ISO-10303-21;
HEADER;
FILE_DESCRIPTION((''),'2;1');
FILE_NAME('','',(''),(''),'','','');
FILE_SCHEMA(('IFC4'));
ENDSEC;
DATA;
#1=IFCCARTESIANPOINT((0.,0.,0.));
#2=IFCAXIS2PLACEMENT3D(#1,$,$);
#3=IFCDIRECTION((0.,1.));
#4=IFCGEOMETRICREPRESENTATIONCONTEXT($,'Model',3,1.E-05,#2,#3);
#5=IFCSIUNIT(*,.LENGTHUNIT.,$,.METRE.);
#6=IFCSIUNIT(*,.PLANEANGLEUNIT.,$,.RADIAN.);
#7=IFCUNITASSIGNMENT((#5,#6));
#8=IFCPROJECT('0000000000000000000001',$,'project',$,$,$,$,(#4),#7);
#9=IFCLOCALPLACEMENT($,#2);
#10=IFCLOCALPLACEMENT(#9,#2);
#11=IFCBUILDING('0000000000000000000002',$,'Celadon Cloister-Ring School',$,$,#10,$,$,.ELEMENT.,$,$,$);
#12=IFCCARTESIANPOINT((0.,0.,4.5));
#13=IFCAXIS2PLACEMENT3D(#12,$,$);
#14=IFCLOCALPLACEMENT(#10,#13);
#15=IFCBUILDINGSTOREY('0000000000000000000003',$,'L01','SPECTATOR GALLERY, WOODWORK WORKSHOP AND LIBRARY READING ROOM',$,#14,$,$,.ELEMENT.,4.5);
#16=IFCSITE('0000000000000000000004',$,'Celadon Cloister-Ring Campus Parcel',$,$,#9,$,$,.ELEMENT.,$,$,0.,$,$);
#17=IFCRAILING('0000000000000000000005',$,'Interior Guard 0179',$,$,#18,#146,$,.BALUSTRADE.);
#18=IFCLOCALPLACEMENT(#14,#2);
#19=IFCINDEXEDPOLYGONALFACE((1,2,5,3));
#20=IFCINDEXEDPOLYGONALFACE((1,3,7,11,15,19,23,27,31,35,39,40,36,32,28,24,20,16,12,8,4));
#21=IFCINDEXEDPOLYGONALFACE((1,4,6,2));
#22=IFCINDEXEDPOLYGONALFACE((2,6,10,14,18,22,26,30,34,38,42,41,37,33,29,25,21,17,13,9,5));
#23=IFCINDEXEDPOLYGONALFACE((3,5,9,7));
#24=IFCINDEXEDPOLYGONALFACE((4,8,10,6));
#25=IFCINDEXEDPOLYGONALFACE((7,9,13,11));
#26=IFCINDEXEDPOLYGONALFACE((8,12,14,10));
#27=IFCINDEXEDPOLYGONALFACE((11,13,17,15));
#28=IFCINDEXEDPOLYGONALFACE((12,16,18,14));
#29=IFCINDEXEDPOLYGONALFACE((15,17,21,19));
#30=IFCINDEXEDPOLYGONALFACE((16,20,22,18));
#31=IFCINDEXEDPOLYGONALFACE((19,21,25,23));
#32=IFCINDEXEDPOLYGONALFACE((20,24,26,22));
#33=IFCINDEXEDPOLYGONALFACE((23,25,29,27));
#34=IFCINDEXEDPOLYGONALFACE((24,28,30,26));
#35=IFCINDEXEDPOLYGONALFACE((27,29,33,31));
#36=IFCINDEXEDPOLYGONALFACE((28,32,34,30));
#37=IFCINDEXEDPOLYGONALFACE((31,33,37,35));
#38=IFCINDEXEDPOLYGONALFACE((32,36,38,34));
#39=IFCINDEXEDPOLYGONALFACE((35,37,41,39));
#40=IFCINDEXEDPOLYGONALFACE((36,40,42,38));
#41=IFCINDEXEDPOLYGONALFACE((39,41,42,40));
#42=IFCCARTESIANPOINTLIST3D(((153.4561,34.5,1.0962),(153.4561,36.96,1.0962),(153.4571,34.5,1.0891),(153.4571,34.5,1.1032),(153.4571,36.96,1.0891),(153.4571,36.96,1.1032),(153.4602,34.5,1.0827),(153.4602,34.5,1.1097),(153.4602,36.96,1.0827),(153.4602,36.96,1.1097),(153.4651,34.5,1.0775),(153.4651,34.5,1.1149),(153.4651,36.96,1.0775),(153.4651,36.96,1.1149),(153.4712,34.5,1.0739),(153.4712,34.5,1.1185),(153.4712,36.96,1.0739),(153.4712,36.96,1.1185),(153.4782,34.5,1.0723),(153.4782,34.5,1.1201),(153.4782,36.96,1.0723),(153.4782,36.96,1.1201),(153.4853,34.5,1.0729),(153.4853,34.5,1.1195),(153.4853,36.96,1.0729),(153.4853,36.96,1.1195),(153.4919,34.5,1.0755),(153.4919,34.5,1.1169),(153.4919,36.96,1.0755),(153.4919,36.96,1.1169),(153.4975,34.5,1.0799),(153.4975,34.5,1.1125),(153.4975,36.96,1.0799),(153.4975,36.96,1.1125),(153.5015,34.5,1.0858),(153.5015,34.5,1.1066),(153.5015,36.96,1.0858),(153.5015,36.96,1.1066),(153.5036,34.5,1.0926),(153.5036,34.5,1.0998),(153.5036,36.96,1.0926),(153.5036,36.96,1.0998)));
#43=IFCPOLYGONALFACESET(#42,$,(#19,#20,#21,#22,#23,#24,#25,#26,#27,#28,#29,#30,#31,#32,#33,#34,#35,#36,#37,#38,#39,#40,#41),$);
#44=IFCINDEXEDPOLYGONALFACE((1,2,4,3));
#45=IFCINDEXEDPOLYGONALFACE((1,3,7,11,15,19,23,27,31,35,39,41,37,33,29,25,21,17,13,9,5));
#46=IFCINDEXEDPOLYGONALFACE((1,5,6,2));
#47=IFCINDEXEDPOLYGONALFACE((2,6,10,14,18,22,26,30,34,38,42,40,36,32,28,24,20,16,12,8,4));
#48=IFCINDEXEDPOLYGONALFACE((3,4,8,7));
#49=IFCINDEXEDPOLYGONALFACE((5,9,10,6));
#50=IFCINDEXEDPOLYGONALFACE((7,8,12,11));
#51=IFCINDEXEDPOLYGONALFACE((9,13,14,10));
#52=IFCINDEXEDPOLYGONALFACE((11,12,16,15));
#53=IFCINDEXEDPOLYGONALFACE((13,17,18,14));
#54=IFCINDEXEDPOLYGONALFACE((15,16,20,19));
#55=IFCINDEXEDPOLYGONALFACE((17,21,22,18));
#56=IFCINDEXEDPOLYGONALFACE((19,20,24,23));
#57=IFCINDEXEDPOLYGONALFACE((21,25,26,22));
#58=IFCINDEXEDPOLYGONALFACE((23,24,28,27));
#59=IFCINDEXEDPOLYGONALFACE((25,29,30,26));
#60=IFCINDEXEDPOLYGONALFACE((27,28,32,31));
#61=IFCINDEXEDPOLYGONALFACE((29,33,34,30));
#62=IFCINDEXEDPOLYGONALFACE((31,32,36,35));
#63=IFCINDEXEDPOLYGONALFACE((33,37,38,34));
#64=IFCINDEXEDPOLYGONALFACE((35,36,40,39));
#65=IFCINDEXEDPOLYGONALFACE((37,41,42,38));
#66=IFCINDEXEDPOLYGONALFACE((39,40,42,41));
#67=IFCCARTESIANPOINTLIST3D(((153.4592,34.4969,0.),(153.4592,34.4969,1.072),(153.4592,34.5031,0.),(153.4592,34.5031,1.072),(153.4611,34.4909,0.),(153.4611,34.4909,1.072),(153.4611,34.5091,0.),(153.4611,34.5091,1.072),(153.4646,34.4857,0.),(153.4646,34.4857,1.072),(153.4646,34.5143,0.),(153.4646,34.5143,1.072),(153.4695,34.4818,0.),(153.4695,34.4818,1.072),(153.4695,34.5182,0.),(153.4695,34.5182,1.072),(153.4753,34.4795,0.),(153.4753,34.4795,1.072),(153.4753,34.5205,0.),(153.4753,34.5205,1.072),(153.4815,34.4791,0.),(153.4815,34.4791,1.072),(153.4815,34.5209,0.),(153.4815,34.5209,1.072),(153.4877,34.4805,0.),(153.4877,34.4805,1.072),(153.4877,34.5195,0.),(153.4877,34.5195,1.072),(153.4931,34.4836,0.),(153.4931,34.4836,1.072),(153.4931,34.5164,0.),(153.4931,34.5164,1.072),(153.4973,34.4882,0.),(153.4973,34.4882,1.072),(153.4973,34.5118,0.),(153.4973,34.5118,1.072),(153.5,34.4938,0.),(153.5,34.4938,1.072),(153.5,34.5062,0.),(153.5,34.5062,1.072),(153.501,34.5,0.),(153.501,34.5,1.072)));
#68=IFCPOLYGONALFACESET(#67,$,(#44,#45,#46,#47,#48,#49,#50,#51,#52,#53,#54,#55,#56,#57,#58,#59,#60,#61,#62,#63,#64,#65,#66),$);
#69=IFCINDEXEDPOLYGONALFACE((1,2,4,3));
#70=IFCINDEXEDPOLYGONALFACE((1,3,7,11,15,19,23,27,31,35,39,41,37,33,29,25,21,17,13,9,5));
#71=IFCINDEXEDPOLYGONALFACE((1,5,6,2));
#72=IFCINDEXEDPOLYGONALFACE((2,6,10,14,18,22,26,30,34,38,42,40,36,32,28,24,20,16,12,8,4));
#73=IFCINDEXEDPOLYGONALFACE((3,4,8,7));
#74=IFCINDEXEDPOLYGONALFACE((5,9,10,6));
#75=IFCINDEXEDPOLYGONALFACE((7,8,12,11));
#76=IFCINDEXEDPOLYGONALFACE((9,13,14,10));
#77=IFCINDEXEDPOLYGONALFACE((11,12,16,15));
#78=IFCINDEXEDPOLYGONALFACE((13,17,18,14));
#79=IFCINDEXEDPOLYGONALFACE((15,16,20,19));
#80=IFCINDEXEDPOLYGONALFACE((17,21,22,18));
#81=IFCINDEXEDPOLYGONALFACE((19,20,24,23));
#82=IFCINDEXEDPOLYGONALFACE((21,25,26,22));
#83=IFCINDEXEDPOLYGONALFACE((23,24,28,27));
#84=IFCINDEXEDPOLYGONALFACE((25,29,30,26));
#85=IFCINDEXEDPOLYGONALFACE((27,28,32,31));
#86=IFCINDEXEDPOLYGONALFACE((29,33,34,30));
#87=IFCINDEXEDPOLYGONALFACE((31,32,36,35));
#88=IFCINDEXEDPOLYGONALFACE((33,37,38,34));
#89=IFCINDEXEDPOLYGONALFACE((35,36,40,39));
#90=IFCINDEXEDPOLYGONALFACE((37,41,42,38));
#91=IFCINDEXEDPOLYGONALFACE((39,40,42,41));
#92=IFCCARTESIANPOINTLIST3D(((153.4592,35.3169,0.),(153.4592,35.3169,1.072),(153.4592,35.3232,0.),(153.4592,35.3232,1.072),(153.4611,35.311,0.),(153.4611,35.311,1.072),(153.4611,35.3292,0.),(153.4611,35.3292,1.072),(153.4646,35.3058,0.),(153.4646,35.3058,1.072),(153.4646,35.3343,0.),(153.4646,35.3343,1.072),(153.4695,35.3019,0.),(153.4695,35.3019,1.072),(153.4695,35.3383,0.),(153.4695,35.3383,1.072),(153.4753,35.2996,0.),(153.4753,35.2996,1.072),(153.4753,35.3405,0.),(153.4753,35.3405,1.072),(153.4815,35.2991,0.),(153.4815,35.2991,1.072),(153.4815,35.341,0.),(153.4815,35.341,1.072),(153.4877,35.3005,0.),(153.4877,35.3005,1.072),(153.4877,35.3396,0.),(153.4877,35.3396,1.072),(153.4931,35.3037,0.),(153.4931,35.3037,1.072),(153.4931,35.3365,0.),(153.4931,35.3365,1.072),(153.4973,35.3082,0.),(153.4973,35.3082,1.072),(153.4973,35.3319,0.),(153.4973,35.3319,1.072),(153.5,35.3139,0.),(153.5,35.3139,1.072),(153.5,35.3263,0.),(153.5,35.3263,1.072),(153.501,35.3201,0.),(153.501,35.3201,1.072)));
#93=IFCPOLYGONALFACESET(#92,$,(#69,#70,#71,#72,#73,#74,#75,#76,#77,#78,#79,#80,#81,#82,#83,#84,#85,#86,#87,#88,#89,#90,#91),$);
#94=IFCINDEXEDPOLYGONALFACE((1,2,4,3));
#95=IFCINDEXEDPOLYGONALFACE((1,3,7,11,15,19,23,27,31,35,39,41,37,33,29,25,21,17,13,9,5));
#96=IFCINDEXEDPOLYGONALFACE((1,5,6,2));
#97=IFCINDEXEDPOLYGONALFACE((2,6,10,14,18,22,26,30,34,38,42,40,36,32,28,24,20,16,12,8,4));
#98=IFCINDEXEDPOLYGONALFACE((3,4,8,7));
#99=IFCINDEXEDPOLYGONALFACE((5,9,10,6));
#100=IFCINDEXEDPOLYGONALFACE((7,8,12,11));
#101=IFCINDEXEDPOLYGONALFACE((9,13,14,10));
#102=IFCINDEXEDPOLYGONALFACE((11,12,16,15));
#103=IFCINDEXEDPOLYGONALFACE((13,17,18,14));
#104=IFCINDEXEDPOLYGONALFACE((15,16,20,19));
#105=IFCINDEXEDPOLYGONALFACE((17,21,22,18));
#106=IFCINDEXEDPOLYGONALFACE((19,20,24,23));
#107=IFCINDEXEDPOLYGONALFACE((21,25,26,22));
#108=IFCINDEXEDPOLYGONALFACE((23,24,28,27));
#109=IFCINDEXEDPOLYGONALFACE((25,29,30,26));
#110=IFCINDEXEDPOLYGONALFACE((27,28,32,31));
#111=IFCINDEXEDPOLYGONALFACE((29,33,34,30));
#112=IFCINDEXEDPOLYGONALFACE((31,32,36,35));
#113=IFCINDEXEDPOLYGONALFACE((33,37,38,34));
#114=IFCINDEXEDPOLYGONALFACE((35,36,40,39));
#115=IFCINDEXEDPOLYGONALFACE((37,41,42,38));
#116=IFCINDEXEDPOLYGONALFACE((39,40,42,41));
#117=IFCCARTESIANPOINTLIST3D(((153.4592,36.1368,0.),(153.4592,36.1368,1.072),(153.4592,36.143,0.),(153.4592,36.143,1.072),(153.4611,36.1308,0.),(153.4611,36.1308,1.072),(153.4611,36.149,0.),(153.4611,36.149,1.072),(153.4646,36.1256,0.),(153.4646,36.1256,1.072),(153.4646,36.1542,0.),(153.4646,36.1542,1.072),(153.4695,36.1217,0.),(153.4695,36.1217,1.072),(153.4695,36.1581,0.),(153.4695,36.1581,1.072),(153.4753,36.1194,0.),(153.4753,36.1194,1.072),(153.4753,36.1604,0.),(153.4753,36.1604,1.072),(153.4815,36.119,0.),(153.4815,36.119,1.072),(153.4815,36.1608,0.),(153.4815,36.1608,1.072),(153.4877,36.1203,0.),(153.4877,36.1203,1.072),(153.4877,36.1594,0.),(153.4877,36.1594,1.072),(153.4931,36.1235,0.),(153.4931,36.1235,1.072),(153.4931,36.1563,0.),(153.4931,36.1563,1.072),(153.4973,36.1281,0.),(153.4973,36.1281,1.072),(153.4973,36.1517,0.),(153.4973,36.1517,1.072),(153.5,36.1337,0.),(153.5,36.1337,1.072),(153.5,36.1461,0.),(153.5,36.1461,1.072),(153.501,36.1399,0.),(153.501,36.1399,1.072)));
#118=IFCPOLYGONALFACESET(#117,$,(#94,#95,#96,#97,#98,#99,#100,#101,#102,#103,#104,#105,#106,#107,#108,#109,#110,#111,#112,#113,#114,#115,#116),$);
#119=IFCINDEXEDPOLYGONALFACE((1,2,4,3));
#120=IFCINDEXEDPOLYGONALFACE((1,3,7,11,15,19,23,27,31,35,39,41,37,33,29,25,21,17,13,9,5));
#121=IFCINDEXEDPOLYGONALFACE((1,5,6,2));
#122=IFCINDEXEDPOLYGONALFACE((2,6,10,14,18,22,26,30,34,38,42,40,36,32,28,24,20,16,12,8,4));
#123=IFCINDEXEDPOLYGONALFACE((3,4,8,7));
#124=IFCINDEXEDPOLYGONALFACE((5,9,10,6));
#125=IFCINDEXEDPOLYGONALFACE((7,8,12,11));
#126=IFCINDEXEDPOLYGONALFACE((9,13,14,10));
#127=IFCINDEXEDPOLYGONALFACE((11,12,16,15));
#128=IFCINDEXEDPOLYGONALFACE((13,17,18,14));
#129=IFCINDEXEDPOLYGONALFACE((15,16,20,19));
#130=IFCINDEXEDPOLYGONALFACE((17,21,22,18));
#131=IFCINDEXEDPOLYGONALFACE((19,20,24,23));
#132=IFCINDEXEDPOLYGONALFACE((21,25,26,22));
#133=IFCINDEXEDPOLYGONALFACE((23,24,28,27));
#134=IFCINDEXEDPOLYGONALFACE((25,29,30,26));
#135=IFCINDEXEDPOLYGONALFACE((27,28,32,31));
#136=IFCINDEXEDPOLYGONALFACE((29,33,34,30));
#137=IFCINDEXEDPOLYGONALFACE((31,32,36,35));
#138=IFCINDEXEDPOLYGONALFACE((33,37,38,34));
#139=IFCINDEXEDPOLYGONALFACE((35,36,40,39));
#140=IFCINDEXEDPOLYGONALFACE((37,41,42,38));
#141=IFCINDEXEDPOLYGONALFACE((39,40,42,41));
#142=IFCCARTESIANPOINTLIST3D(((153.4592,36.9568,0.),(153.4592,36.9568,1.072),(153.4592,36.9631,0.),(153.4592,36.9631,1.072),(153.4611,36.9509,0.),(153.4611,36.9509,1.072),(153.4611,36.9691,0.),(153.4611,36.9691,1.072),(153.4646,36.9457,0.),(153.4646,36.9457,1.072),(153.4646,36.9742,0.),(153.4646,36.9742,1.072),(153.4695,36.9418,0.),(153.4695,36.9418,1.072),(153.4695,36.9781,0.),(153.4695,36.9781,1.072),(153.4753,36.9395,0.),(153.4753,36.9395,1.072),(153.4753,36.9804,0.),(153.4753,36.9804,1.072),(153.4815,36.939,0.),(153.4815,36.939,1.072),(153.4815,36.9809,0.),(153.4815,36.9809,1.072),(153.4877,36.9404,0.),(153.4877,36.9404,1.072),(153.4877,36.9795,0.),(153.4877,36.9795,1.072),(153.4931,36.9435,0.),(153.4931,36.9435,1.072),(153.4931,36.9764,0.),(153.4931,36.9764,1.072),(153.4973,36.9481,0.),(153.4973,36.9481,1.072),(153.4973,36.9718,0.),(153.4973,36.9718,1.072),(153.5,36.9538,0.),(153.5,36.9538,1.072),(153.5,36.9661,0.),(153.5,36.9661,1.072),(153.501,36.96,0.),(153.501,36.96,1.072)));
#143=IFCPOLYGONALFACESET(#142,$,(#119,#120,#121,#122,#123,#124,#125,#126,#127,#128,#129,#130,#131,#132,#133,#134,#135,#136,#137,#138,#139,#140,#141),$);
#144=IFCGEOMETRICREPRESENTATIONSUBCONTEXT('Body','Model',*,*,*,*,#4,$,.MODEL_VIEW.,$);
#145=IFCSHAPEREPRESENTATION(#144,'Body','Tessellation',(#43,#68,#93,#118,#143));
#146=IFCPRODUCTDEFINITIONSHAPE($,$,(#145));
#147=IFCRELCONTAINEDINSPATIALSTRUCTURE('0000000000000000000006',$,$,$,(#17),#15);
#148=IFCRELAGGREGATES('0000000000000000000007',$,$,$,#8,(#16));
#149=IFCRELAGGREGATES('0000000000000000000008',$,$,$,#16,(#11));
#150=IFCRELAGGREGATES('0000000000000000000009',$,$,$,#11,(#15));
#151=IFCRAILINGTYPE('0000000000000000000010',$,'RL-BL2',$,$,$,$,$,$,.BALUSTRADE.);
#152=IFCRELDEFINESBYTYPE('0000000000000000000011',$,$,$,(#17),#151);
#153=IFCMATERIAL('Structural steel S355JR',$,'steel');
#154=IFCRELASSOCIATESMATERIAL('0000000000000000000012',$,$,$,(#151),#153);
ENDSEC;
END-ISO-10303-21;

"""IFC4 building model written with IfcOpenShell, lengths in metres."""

from ifc_helpers import new_model, si_unit, direction, frame, origin, origin_2d, place, context, subcontext, project, spatial, circle, extrude, material, type_object, element, save


model = new_model("IFC4")

# Units and contexts
model_context = context("Model", 3, precision=1e-05, world=origin(), true_north=direction((0.0, 1.0)))
body_context = subcontext(model_context, "Body", "Model", "MODEL_VIEW")
ifc_project = project(units=[si_unit("LENGTHUNIT", "METRE"), si_unit("PLANEANGLEUNIT", "RADIAN")], contexts=[model_context])

# Site, building, storey
site_placement = place(None, origin())
site = spatial("IfcSite", under=ifc_project, at=site_placement, Name="Celadon Cloister-Ring Campus Parcel", CompositionType="ELEMENT", RefElevation=0.0)
building_placement = place(site_placement, origin())
building = spatial("IfcBuilding", under=site, at=building_placement, Name="Celadon Cloister-Ring School", CompositionType="ELEMENT")
storey_placement = place(building_placement, frame((0.0, 0.0, 4.5)))
storey = spatial("IfcBuildingStorey", under=building, at=storey_placement, Name="L01", Description="SPECTATOR GALLERY, WOODWORK WORKSHOP AND LIBRARY READING ROOM", CompositionType="ELEMENT", Elevation=4.5)

# Railing
ifc_material_1 = material(Name="Structural steel S355JR", Category="steel")
railing_type_1 = type_object("IfcRailingType", Name="RL-BL2", PredefinedType="BALUSTRADE", material=ifc_material_1)
railing_1_placement = place(storey_placement, frame((153.48, 34.5, 0.0)))
element("IfcRailing", 1, at=railing_1_placement, inside=storey, type_object=railing_type_1, Name="Interior Guard 0179", PredefinedType="BALUSTRADE", context=body_context, shape_type="SweptSolid", body=[
    extrude(circle(Radius=0.0239, at=origin_2d()), frame((0.0, 0.0, 1.0962), z_axis=(0.0, 1.0, 0.0), x_axis=(-1.0, 0.0, 0.0)), (0.0, 0.0, 1.0), 2.46),
    extrude(circle(Radius=0.021, at=origin_2d()), origin(), (0.0, 0.0, 1.0), 1.072),
    extrude(circle(Radius=0.021, at=origin_2d()), frame((0.0, 0.8201, 0.0)), (0.0, 0.0, 1.0), 1.072),
    extrude(circle(Radius=0.021, at=origin_2d()), frame((0.0, 1.6399, 0.0)), (0.0, 0.0, 1.0), 1.072),
    extrude(circle(Radius=0.021, at=origin_2d()), frame((0.0, 2.46, 0.0)), (0.0, 0.0, 1.0), 1.072),
])

save(model, "model.ifc")
